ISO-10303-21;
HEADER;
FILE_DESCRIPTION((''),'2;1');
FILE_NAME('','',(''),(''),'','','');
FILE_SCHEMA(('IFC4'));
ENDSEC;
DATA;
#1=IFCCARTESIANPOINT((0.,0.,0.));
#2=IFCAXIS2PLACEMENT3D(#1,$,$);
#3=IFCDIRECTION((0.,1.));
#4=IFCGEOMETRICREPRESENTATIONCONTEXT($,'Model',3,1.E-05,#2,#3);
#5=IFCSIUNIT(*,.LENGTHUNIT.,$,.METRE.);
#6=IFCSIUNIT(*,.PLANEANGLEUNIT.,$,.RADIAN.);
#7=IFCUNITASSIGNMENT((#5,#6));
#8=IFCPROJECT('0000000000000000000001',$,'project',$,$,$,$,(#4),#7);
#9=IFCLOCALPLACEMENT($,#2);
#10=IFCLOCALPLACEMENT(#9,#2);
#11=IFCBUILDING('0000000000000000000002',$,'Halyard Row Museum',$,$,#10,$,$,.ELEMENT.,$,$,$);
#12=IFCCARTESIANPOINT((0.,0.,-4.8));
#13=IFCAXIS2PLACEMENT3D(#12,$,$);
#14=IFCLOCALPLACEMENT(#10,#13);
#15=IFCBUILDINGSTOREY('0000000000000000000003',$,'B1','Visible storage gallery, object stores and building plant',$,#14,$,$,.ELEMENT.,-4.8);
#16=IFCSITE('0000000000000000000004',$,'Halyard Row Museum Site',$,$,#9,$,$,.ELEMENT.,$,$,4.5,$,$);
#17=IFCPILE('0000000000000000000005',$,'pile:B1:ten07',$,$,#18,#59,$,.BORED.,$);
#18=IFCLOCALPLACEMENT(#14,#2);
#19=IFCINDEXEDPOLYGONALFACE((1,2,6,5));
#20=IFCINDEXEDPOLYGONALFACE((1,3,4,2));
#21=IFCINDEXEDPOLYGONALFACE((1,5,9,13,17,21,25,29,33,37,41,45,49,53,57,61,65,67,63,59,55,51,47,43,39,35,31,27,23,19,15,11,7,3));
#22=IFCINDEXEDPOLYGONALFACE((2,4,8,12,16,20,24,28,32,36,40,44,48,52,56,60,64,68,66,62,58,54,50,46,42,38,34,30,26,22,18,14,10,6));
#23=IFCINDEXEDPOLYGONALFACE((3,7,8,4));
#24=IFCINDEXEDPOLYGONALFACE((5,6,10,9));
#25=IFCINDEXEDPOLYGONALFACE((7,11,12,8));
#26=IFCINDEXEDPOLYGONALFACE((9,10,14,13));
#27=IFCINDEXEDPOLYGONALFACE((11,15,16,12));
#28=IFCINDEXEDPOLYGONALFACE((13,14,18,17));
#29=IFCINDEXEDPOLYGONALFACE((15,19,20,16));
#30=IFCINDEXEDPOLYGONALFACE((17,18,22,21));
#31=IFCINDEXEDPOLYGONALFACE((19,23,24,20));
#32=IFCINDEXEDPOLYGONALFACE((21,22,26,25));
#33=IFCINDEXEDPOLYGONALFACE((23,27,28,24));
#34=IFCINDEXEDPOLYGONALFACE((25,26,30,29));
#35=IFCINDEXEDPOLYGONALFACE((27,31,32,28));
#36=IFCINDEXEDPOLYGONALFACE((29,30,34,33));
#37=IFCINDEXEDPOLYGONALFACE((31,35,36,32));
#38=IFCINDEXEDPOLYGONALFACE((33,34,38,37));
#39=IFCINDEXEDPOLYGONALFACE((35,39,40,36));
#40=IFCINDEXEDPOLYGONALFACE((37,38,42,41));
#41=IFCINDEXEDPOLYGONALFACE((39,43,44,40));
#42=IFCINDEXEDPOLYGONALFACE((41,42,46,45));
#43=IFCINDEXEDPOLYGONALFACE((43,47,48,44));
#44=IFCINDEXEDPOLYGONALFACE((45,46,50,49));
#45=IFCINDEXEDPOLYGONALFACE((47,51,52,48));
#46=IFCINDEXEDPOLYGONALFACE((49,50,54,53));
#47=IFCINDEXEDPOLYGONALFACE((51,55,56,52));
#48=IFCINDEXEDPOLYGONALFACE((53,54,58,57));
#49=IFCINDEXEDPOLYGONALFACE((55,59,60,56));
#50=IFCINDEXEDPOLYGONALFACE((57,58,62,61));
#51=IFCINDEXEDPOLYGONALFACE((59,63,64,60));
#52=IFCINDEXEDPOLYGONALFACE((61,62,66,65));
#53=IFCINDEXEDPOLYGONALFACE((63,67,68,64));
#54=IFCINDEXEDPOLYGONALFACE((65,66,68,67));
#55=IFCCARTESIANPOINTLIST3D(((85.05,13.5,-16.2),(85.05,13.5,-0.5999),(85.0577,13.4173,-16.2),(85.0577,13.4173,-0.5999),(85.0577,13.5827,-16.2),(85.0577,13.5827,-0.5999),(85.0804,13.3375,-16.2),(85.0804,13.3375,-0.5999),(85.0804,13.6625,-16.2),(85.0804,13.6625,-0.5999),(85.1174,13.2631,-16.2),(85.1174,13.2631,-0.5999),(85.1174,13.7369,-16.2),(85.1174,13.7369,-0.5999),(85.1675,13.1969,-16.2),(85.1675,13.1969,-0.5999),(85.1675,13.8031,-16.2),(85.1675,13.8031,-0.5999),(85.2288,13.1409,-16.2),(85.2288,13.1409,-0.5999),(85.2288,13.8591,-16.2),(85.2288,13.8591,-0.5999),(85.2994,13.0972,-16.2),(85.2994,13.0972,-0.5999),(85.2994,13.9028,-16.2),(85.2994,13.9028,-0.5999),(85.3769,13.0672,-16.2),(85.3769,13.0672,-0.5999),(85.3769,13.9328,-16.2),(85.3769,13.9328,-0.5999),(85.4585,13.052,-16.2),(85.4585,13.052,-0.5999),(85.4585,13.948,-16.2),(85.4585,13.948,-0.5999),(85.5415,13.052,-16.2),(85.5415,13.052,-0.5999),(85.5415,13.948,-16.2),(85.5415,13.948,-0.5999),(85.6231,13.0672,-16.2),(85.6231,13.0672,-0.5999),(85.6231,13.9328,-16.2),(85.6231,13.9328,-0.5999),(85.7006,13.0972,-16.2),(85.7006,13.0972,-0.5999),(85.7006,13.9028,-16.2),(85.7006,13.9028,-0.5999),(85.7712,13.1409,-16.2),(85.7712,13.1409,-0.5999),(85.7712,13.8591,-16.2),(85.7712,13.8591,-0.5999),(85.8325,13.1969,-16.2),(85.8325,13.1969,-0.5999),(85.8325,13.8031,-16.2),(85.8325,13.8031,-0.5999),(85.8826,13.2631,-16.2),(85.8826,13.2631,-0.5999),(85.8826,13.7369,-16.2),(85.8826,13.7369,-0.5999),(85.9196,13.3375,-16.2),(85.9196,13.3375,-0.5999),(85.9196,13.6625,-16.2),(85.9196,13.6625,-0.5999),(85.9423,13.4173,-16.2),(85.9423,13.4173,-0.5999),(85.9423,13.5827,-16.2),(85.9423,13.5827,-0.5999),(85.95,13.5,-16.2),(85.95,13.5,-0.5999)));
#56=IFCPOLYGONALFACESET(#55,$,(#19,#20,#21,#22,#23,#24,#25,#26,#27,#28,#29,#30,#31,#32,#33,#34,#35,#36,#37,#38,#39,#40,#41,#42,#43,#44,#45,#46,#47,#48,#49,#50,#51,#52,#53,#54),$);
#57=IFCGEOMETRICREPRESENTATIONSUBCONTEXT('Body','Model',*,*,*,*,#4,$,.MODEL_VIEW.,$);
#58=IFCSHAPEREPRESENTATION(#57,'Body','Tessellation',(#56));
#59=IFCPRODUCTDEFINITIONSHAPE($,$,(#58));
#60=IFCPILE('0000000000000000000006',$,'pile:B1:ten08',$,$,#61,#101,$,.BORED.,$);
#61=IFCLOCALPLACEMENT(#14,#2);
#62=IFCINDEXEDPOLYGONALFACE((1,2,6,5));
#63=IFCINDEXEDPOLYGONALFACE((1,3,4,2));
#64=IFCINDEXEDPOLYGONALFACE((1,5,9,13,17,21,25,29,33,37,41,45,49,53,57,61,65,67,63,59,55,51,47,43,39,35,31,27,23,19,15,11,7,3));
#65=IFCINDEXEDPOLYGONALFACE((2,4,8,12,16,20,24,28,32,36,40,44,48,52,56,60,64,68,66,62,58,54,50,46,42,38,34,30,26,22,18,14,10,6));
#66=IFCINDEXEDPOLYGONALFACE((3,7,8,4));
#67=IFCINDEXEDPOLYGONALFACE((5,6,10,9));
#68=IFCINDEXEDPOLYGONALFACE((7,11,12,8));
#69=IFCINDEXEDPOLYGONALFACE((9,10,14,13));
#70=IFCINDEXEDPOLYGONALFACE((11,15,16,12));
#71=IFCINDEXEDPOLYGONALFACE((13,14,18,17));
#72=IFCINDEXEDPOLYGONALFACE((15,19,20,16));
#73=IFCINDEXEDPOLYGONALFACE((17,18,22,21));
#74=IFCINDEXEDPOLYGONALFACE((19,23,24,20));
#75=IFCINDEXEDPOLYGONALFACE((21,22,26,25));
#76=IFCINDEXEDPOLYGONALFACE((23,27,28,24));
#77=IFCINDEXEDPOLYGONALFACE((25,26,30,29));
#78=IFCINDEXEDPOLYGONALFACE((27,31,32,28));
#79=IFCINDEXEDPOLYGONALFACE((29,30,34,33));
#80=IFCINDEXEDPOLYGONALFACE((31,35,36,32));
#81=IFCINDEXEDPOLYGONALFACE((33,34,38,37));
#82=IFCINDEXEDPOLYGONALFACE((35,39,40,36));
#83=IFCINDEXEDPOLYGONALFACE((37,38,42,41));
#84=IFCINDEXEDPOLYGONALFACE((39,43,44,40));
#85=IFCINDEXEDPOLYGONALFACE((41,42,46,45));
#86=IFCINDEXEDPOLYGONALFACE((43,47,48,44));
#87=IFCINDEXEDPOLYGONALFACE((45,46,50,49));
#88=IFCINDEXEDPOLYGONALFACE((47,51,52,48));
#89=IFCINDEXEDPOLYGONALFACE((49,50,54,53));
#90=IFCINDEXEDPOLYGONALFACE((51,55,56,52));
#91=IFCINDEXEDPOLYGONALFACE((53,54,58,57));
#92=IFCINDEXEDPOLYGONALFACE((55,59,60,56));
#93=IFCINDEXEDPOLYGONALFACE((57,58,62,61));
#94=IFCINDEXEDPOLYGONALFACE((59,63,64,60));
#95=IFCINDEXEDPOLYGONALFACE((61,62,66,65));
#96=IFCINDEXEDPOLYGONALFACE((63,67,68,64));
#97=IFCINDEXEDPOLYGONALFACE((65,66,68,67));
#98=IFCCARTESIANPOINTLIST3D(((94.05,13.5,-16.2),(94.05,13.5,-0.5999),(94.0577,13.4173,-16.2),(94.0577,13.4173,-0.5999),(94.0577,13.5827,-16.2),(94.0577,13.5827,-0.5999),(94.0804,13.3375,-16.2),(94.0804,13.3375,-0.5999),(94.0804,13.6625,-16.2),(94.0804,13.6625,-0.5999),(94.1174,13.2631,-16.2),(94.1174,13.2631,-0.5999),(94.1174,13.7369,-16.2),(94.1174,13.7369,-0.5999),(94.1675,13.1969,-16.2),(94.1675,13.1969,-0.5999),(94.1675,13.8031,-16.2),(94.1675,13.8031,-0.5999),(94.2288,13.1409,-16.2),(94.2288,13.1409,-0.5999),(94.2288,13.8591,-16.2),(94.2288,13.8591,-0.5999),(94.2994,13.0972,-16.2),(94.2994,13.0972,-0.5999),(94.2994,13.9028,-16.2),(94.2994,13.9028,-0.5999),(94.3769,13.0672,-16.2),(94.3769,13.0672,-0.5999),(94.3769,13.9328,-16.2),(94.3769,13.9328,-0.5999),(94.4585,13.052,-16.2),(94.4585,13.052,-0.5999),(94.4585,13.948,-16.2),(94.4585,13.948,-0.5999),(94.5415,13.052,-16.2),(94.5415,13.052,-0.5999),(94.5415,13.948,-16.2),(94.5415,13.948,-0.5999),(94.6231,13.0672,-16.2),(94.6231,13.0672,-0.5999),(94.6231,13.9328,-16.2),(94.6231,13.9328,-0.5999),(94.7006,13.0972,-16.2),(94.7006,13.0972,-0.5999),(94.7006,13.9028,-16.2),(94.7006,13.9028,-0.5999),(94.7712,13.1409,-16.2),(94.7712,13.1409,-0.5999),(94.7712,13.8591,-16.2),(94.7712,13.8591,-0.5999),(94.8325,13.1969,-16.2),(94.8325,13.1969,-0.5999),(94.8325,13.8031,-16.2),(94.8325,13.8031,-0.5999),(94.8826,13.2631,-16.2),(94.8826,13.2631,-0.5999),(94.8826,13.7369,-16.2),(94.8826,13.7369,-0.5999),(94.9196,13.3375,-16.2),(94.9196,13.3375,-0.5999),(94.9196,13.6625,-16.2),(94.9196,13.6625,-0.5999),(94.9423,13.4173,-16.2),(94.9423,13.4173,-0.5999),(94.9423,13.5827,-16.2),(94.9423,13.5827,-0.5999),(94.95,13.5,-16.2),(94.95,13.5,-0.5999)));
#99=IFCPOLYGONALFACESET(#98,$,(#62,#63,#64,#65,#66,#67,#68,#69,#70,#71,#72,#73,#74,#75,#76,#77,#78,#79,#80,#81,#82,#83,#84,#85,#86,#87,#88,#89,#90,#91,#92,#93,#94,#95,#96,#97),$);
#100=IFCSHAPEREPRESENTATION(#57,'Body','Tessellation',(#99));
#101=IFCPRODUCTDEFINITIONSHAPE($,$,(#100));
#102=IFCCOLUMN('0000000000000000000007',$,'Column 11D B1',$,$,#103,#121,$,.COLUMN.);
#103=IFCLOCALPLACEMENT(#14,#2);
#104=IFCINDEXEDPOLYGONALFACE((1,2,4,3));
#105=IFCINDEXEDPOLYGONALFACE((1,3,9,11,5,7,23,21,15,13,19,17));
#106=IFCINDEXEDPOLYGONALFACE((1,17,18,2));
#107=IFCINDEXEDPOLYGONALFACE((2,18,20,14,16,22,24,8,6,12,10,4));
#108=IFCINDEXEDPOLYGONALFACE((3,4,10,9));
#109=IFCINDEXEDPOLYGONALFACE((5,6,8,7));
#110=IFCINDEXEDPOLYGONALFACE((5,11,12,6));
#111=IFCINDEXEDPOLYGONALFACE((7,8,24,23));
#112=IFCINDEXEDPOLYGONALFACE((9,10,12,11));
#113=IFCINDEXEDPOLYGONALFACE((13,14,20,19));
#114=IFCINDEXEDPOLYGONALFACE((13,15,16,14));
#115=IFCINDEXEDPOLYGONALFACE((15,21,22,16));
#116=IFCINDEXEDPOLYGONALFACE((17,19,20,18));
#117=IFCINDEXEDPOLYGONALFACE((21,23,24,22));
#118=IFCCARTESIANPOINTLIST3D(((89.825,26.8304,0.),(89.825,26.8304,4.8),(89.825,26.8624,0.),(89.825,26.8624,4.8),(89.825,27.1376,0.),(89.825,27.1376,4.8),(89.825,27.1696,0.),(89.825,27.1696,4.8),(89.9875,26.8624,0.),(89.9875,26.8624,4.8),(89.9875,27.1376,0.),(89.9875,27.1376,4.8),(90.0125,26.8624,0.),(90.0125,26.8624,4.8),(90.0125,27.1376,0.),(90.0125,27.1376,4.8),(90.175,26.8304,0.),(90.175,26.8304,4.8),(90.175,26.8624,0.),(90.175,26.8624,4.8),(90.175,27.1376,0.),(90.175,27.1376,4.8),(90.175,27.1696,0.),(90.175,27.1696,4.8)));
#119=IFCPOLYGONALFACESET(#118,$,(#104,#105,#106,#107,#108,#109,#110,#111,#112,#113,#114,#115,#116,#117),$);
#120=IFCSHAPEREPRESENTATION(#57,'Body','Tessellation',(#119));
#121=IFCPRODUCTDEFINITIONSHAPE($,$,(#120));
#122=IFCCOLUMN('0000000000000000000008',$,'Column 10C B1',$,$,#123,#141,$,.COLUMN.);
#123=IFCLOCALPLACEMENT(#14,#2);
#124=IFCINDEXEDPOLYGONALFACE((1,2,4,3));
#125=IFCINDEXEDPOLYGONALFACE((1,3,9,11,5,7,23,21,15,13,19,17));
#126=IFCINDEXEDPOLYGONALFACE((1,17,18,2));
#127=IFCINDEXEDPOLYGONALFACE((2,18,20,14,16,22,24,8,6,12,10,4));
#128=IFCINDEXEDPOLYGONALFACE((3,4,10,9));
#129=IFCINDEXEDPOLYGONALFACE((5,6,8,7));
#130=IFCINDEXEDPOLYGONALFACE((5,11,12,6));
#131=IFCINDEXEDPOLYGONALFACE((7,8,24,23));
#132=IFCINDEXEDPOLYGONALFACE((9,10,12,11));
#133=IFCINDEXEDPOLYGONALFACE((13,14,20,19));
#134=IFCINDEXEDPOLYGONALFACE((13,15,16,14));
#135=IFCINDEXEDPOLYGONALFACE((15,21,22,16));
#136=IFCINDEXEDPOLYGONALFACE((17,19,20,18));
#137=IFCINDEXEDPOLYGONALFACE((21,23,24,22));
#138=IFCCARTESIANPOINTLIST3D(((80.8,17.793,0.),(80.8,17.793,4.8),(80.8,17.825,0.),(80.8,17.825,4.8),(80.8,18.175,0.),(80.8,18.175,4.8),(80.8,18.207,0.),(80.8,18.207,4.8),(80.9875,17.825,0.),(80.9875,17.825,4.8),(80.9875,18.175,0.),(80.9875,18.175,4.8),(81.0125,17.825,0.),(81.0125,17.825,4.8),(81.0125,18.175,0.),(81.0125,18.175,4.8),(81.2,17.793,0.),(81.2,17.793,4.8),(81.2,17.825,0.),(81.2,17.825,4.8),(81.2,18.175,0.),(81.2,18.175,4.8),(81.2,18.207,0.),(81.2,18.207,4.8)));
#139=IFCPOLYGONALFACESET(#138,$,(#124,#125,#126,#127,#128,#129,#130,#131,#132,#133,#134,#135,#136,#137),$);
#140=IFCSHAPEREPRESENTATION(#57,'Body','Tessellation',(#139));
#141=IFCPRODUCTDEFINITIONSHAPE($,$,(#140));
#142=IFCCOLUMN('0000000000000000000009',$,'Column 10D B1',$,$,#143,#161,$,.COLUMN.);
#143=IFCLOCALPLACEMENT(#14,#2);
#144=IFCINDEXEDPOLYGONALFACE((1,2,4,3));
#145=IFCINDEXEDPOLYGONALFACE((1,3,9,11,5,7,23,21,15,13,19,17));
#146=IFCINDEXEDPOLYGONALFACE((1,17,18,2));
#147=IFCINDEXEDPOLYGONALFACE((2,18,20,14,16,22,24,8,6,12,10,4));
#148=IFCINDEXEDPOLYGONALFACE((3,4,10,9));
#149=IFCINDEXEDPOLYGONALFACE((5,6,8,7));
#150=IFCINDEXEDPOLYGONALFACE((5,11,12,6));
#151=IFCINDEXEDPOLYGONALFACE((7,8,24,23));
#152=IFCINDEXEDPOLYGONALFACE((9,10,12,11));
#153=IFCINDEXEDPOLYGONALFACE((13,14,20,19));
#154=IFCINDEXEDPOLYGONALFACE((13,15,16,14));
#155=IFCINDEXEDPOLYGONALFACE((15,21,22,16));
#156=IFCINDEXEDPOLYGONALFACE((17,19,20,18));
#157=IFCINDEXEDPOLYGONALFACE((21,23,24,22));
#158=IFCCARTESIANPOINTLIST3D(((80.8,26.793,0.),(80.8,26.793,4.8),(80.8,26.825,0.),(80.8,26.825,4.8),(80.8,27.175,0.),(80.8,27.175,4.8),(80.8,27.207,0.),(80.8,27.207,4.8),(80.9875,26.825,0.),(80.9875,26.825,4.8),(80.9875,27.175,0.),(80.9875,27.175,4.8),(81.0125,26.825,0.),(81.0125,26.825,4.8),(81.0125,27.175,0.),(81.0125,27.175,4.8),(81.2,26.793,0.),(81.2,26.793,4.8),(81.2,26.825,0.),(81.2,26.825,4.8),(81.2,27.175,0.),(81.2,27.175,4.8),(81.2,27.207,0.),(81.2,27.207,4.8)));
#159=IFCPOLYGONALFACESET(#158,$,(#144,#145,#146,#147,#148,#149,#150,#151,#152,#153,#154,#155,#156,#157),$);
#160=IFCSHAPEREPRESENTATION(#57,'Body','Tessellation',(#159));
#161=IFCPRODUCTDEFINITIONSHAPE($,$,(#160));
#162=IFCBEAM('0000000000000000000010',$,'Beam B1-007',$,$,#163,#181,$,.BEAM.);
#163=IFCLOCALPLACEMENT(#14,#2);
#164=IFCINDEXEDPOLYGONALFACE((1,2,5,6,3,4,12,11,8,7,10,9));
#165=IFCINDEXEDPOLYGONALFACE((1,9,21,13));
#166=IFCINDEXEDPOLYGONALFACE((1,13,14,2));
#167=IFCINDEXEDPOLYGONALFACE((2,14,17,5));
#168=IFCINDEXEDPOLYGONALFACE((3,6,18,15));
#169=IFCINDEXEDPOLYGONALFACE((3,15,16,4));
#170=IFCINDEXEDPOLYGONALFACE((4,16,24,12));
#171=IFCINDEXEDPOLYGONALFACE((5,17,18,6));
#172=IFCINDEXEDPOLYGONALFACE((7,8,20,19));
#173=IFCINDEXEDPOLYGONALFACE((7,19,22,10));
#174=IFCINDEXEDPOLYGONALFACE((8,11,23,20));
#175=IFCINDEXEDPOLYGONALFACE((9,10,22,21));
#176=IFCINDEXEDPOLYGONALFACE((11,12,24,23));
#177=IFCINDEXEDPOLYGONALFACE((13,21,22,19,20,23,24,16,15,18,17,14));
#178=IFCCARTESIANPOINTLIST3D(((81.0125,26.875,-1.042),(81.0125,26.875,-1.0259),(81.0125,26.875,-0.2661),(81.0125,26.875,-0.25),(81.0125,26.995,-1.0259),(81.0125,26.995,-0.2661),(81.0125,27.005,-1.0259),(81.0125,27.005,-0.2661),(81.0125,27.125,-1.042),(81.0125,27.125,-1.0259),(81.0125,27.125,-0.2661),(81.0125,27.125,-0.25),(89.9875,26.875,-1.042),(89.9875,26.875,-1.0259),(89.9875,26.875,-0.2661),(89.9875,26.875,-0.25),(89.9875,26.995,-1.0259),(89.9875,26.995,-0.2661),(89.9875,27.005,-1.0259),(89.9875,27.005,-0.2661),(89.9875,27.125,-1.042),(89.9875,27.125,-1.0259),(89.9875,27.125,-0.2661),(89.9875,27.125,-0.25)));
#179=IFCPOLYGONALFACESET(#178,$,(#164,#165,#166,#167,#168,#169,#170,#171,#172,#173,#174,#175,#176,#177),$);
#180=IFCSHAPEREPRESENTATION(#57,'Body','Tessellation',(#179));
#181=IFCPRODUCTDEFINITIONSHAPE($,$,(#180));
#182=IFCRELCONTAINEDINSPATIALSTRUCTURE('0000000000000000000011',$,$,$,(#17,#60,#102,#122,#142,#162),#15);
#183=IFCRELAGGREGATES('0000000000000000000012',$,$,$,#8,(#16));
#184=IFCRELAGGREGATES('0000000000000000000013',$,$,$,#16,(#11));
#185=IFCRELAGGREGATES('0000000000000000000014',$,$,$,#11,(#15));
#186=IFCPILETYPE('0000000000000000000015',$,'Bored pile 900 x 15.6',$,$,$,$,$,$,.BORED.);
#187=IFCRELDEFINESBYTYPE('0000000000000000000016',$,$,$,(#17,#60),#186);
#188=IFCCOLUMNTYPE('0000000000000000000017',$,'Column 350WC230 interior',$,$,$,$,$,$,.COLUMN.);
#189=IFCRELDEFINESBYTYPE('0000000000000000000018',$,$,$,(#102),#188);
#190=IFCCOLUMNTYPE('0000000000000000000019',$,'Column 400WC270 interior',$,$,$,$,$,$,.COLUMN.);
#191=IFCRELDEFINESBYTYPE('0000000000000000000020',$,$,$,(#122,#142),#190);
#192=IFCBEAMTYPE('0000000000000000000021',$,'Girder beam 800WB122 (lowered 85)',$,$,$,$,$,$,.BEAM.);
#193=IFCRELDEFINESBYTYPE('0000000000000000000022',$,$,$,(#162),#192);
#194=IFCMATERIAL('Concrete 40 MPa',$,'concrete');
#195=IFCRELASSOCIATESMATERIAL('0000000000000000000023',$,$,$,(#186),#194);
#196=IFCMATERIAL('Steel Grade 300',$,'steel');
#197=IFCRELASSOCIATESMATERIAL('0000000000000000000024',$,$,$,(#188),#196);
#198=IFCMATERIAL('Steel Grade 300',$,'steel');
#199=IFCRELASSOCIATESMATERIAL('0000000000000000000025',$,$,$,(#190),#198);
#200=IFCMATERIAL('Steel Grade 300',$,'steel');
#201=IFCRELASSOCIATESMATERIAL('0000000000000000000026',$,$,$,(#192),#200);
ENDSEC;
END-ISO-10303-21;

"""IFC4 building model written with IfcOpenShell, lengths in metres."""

from ifc_helpers import new_model, si_unit, direction, frame, origin, origin_2d, place, context, subcontext, project, spatial, circle, i_section, extrude, material, material_profile, profile_set, type_object, element, save


model = new_model("IFC4")

# Units and contexts
model_context = context("Model", 3, precision=1e-05, world=origin(), true_north=direction((0.0, 1.0)))
body_context = subcontext(model_context, "Body", "Model", "MODEL_VIEW")
ifc_project = project(units=[si_unit("LENGTHUNIT", "METRE"), si_unit("PLANEANGLEUNIT", "RADIAN")], contexts=[model_context])

# Site, building, storey
site_placement = place(None, origin())
site = spatial("IfcSite", under=ifc_project, at=site_placement, Name="Halyard Row Museum Site", CompositionType="ELEMENT", RefElevation=4.5)
building_placement = place(site_placement, origin())
building = spatial("IfcBuilding", under=site, at=building_placement, Name="Halyard Row Museum", CompositionType="ELEMENT")
storey_placement = place(building_placement, frame((0.0, 0.0, -4.8)))
storey = spatial("IfcBuildingStorey", under=building, at=storey_placement, Name="B1", Description="Visible storage gallery, object stores and building plant", CompositionType="ELEMENT", Elevation=-4.8)

# Piles
ifc_material_1 = material(Name="Concrete 40 MPa", Category="concrete")
ifc_material_profile_1 = material_profile(ifc_material_1, circle(Radius=0.45, at=origin_2d()), Name="Bored pile 900 x 15.6")
ifc_profile_set_1 = profile_set([ifc_material_profile_1], Name="Concrete 40 MPa")
pile_type = type_object("IfcPileType", Name="Bored pile 900 x 15.6", PredefinedType="BORED", material=ifc_profile_set_1)
for number, where, z_axis, x_axis, name in (
    (1, (85.5, 13.5, -0.5999), (0.0, 0.0, -1.0), (1.0, 0.0, 0.0), "pile:B1:ten07"),
    (2, (94.5, 13.5, -0.5999), (0.0, 0.0, -1.0), (1.0, 0.0, 0.0), "pile:B1:ten08"),
):
    element("IfcPile", number, at=place(storey_placement, frame(where, z_axis=z_axis, x_axis=x_axis)), inside=storey, type_object=pile_type, Name=name, PredefinedType="BORED", context=body_context, shape_type="SweptSolid", body=[
        extrude(circle(Radius=0.45, at=origin_2d()), origin(), (0.0, 0.0, 1.0), 15.6001),
    ])

# Columns
ifc_material_2 = material(Name="Steel Grade 300", Category="steel")
ifc_material_profile_2 = material_profile(ifc_material_2, i_section(OverallWidth=0.3501, OverallDepth=0.3391, WebThickness=0.0249, FlangeThickness=0.032, at=origin_2d()), Name="350WC230")
ifc_profile_set_2 = profile_set([ifc_material_profile_2], Name="Steel Grade 300")
column_type_1 = type_object("IfcColumnType", Name="Column 350WC230 interior", PredefinedType="COLUMN", material=ifc_profile_set_2)
column_placement = place(storey_placement, frame((90.0, 27.0, 0.0), z_axis=(0.0, 0.0, 1.0), x_axis=(1.0, 0.0, 0.0)))
element("IfcColumn", 3, at=column_placement, inside=storey, type_object=column_type_1, Name="Column 11D B1", PredefinedType="COLUMN", context=body_context, shape_type="SweptSolid", body=[
    extrude(i_section(OverallWidth=0.3501, OverallDepth=0.3391, WebThickness=0.0249, FlangeThickness=0.032, at=origin_2d()), origin(), (0.0, 0.0, 1.0), 4.8),
])
ifc_material_3 = material(Name="Steel Grade 300", Category="steel")
ifc_material_profile_3 = material_profile(ifc_material_3, i_section(OverallWidth=0.3999, OverallDepth=0.4141, WebThickness=0.0249, FlangeThickness=0.032, at=origin_2d()), Name="400WC270")
ifc_profile_set_3 = profile_set([ifc_material_profile_3], Name="Steel Grade 300")
column_type_2 = type_object("IfcColumnType", Name="Column 400WC270 interior", PredefinedType="COLUMN", material=ifc_profile_set_3)
for number, where, z_axis, x_axis, name in (
    (4, (81.0, 18.0, 0.0), (0.0, 0.0, 1.0), (1.0, 0.0, 0.0), "Column 10C B1"),
    (5, (81.0, 27.0, 0.0), (0.0, 0.0, 1.0), (1.0, 0.0, 0.0), "Column 10D B1"),
):
    element("IfcColumn", number, at=place(storey_placement, frame(where, z_axis=z_axis, x_axis=x_axis)), inside=storey, type_object=column_type_2, Name=name, PredefinedType="COLUMN", context=body_context, shape_type="SweptSolid", body=[
        extrude(i_section(OverallWidth=0.3999, OverallDepth=0.4141, WebThickness=0.0249, FlangeThickness=0.032, at=origin_2d()), origin(), (0.0, 0.0, 1.0), 4.8),
    ])

# Beam
ifc_material_4 = material(Name="Steel Grade 300", Category="steel")
ifc_material_profile_4 = material_profile(ifc_material_4, i_section(OverallWidth=0.25, OverallDepth=0.792, WebThickness=0.01, FlangeThickness=0.0161, at=origin_2d()), Name="800WB122")
ifc_profile_set_4 = profile_set([ifc_material_profile_4], Name="Steel Grade 300")
beam_type_1 = type_object("IfcBeamType", Name="Girder beam 800WB122 (lowered 85)", PredefinedType="BEAM", material=ifc_profile_set_4)
for number, where, z_axis, x_axis, name in (
    (6, (81.0125, 27.0, -0.646), (1.0, 0.0, 0.0), (0.0, 1.0, 0.0), "Beam B1-007"),
):
    element("IfcBeam", number, at=place(storey_placement, frame(where, z_axis=z_axis, x_axis=x_axis)), inside=storey, type_object=beam_type_1, Name=name, PredefinedType="BEAM", context=body_context, shape_type="SweptSolid", body=[
        extrude(i_section(OverallWidth=0.25, OverallDepth=0.792, WebThickness=0.01, FlangeThickness=0.0161, at=origin_2d()), origin(), (0.0, 0.0, 1.0), 8.9751),
    ])

save(model, "model.ifc")
